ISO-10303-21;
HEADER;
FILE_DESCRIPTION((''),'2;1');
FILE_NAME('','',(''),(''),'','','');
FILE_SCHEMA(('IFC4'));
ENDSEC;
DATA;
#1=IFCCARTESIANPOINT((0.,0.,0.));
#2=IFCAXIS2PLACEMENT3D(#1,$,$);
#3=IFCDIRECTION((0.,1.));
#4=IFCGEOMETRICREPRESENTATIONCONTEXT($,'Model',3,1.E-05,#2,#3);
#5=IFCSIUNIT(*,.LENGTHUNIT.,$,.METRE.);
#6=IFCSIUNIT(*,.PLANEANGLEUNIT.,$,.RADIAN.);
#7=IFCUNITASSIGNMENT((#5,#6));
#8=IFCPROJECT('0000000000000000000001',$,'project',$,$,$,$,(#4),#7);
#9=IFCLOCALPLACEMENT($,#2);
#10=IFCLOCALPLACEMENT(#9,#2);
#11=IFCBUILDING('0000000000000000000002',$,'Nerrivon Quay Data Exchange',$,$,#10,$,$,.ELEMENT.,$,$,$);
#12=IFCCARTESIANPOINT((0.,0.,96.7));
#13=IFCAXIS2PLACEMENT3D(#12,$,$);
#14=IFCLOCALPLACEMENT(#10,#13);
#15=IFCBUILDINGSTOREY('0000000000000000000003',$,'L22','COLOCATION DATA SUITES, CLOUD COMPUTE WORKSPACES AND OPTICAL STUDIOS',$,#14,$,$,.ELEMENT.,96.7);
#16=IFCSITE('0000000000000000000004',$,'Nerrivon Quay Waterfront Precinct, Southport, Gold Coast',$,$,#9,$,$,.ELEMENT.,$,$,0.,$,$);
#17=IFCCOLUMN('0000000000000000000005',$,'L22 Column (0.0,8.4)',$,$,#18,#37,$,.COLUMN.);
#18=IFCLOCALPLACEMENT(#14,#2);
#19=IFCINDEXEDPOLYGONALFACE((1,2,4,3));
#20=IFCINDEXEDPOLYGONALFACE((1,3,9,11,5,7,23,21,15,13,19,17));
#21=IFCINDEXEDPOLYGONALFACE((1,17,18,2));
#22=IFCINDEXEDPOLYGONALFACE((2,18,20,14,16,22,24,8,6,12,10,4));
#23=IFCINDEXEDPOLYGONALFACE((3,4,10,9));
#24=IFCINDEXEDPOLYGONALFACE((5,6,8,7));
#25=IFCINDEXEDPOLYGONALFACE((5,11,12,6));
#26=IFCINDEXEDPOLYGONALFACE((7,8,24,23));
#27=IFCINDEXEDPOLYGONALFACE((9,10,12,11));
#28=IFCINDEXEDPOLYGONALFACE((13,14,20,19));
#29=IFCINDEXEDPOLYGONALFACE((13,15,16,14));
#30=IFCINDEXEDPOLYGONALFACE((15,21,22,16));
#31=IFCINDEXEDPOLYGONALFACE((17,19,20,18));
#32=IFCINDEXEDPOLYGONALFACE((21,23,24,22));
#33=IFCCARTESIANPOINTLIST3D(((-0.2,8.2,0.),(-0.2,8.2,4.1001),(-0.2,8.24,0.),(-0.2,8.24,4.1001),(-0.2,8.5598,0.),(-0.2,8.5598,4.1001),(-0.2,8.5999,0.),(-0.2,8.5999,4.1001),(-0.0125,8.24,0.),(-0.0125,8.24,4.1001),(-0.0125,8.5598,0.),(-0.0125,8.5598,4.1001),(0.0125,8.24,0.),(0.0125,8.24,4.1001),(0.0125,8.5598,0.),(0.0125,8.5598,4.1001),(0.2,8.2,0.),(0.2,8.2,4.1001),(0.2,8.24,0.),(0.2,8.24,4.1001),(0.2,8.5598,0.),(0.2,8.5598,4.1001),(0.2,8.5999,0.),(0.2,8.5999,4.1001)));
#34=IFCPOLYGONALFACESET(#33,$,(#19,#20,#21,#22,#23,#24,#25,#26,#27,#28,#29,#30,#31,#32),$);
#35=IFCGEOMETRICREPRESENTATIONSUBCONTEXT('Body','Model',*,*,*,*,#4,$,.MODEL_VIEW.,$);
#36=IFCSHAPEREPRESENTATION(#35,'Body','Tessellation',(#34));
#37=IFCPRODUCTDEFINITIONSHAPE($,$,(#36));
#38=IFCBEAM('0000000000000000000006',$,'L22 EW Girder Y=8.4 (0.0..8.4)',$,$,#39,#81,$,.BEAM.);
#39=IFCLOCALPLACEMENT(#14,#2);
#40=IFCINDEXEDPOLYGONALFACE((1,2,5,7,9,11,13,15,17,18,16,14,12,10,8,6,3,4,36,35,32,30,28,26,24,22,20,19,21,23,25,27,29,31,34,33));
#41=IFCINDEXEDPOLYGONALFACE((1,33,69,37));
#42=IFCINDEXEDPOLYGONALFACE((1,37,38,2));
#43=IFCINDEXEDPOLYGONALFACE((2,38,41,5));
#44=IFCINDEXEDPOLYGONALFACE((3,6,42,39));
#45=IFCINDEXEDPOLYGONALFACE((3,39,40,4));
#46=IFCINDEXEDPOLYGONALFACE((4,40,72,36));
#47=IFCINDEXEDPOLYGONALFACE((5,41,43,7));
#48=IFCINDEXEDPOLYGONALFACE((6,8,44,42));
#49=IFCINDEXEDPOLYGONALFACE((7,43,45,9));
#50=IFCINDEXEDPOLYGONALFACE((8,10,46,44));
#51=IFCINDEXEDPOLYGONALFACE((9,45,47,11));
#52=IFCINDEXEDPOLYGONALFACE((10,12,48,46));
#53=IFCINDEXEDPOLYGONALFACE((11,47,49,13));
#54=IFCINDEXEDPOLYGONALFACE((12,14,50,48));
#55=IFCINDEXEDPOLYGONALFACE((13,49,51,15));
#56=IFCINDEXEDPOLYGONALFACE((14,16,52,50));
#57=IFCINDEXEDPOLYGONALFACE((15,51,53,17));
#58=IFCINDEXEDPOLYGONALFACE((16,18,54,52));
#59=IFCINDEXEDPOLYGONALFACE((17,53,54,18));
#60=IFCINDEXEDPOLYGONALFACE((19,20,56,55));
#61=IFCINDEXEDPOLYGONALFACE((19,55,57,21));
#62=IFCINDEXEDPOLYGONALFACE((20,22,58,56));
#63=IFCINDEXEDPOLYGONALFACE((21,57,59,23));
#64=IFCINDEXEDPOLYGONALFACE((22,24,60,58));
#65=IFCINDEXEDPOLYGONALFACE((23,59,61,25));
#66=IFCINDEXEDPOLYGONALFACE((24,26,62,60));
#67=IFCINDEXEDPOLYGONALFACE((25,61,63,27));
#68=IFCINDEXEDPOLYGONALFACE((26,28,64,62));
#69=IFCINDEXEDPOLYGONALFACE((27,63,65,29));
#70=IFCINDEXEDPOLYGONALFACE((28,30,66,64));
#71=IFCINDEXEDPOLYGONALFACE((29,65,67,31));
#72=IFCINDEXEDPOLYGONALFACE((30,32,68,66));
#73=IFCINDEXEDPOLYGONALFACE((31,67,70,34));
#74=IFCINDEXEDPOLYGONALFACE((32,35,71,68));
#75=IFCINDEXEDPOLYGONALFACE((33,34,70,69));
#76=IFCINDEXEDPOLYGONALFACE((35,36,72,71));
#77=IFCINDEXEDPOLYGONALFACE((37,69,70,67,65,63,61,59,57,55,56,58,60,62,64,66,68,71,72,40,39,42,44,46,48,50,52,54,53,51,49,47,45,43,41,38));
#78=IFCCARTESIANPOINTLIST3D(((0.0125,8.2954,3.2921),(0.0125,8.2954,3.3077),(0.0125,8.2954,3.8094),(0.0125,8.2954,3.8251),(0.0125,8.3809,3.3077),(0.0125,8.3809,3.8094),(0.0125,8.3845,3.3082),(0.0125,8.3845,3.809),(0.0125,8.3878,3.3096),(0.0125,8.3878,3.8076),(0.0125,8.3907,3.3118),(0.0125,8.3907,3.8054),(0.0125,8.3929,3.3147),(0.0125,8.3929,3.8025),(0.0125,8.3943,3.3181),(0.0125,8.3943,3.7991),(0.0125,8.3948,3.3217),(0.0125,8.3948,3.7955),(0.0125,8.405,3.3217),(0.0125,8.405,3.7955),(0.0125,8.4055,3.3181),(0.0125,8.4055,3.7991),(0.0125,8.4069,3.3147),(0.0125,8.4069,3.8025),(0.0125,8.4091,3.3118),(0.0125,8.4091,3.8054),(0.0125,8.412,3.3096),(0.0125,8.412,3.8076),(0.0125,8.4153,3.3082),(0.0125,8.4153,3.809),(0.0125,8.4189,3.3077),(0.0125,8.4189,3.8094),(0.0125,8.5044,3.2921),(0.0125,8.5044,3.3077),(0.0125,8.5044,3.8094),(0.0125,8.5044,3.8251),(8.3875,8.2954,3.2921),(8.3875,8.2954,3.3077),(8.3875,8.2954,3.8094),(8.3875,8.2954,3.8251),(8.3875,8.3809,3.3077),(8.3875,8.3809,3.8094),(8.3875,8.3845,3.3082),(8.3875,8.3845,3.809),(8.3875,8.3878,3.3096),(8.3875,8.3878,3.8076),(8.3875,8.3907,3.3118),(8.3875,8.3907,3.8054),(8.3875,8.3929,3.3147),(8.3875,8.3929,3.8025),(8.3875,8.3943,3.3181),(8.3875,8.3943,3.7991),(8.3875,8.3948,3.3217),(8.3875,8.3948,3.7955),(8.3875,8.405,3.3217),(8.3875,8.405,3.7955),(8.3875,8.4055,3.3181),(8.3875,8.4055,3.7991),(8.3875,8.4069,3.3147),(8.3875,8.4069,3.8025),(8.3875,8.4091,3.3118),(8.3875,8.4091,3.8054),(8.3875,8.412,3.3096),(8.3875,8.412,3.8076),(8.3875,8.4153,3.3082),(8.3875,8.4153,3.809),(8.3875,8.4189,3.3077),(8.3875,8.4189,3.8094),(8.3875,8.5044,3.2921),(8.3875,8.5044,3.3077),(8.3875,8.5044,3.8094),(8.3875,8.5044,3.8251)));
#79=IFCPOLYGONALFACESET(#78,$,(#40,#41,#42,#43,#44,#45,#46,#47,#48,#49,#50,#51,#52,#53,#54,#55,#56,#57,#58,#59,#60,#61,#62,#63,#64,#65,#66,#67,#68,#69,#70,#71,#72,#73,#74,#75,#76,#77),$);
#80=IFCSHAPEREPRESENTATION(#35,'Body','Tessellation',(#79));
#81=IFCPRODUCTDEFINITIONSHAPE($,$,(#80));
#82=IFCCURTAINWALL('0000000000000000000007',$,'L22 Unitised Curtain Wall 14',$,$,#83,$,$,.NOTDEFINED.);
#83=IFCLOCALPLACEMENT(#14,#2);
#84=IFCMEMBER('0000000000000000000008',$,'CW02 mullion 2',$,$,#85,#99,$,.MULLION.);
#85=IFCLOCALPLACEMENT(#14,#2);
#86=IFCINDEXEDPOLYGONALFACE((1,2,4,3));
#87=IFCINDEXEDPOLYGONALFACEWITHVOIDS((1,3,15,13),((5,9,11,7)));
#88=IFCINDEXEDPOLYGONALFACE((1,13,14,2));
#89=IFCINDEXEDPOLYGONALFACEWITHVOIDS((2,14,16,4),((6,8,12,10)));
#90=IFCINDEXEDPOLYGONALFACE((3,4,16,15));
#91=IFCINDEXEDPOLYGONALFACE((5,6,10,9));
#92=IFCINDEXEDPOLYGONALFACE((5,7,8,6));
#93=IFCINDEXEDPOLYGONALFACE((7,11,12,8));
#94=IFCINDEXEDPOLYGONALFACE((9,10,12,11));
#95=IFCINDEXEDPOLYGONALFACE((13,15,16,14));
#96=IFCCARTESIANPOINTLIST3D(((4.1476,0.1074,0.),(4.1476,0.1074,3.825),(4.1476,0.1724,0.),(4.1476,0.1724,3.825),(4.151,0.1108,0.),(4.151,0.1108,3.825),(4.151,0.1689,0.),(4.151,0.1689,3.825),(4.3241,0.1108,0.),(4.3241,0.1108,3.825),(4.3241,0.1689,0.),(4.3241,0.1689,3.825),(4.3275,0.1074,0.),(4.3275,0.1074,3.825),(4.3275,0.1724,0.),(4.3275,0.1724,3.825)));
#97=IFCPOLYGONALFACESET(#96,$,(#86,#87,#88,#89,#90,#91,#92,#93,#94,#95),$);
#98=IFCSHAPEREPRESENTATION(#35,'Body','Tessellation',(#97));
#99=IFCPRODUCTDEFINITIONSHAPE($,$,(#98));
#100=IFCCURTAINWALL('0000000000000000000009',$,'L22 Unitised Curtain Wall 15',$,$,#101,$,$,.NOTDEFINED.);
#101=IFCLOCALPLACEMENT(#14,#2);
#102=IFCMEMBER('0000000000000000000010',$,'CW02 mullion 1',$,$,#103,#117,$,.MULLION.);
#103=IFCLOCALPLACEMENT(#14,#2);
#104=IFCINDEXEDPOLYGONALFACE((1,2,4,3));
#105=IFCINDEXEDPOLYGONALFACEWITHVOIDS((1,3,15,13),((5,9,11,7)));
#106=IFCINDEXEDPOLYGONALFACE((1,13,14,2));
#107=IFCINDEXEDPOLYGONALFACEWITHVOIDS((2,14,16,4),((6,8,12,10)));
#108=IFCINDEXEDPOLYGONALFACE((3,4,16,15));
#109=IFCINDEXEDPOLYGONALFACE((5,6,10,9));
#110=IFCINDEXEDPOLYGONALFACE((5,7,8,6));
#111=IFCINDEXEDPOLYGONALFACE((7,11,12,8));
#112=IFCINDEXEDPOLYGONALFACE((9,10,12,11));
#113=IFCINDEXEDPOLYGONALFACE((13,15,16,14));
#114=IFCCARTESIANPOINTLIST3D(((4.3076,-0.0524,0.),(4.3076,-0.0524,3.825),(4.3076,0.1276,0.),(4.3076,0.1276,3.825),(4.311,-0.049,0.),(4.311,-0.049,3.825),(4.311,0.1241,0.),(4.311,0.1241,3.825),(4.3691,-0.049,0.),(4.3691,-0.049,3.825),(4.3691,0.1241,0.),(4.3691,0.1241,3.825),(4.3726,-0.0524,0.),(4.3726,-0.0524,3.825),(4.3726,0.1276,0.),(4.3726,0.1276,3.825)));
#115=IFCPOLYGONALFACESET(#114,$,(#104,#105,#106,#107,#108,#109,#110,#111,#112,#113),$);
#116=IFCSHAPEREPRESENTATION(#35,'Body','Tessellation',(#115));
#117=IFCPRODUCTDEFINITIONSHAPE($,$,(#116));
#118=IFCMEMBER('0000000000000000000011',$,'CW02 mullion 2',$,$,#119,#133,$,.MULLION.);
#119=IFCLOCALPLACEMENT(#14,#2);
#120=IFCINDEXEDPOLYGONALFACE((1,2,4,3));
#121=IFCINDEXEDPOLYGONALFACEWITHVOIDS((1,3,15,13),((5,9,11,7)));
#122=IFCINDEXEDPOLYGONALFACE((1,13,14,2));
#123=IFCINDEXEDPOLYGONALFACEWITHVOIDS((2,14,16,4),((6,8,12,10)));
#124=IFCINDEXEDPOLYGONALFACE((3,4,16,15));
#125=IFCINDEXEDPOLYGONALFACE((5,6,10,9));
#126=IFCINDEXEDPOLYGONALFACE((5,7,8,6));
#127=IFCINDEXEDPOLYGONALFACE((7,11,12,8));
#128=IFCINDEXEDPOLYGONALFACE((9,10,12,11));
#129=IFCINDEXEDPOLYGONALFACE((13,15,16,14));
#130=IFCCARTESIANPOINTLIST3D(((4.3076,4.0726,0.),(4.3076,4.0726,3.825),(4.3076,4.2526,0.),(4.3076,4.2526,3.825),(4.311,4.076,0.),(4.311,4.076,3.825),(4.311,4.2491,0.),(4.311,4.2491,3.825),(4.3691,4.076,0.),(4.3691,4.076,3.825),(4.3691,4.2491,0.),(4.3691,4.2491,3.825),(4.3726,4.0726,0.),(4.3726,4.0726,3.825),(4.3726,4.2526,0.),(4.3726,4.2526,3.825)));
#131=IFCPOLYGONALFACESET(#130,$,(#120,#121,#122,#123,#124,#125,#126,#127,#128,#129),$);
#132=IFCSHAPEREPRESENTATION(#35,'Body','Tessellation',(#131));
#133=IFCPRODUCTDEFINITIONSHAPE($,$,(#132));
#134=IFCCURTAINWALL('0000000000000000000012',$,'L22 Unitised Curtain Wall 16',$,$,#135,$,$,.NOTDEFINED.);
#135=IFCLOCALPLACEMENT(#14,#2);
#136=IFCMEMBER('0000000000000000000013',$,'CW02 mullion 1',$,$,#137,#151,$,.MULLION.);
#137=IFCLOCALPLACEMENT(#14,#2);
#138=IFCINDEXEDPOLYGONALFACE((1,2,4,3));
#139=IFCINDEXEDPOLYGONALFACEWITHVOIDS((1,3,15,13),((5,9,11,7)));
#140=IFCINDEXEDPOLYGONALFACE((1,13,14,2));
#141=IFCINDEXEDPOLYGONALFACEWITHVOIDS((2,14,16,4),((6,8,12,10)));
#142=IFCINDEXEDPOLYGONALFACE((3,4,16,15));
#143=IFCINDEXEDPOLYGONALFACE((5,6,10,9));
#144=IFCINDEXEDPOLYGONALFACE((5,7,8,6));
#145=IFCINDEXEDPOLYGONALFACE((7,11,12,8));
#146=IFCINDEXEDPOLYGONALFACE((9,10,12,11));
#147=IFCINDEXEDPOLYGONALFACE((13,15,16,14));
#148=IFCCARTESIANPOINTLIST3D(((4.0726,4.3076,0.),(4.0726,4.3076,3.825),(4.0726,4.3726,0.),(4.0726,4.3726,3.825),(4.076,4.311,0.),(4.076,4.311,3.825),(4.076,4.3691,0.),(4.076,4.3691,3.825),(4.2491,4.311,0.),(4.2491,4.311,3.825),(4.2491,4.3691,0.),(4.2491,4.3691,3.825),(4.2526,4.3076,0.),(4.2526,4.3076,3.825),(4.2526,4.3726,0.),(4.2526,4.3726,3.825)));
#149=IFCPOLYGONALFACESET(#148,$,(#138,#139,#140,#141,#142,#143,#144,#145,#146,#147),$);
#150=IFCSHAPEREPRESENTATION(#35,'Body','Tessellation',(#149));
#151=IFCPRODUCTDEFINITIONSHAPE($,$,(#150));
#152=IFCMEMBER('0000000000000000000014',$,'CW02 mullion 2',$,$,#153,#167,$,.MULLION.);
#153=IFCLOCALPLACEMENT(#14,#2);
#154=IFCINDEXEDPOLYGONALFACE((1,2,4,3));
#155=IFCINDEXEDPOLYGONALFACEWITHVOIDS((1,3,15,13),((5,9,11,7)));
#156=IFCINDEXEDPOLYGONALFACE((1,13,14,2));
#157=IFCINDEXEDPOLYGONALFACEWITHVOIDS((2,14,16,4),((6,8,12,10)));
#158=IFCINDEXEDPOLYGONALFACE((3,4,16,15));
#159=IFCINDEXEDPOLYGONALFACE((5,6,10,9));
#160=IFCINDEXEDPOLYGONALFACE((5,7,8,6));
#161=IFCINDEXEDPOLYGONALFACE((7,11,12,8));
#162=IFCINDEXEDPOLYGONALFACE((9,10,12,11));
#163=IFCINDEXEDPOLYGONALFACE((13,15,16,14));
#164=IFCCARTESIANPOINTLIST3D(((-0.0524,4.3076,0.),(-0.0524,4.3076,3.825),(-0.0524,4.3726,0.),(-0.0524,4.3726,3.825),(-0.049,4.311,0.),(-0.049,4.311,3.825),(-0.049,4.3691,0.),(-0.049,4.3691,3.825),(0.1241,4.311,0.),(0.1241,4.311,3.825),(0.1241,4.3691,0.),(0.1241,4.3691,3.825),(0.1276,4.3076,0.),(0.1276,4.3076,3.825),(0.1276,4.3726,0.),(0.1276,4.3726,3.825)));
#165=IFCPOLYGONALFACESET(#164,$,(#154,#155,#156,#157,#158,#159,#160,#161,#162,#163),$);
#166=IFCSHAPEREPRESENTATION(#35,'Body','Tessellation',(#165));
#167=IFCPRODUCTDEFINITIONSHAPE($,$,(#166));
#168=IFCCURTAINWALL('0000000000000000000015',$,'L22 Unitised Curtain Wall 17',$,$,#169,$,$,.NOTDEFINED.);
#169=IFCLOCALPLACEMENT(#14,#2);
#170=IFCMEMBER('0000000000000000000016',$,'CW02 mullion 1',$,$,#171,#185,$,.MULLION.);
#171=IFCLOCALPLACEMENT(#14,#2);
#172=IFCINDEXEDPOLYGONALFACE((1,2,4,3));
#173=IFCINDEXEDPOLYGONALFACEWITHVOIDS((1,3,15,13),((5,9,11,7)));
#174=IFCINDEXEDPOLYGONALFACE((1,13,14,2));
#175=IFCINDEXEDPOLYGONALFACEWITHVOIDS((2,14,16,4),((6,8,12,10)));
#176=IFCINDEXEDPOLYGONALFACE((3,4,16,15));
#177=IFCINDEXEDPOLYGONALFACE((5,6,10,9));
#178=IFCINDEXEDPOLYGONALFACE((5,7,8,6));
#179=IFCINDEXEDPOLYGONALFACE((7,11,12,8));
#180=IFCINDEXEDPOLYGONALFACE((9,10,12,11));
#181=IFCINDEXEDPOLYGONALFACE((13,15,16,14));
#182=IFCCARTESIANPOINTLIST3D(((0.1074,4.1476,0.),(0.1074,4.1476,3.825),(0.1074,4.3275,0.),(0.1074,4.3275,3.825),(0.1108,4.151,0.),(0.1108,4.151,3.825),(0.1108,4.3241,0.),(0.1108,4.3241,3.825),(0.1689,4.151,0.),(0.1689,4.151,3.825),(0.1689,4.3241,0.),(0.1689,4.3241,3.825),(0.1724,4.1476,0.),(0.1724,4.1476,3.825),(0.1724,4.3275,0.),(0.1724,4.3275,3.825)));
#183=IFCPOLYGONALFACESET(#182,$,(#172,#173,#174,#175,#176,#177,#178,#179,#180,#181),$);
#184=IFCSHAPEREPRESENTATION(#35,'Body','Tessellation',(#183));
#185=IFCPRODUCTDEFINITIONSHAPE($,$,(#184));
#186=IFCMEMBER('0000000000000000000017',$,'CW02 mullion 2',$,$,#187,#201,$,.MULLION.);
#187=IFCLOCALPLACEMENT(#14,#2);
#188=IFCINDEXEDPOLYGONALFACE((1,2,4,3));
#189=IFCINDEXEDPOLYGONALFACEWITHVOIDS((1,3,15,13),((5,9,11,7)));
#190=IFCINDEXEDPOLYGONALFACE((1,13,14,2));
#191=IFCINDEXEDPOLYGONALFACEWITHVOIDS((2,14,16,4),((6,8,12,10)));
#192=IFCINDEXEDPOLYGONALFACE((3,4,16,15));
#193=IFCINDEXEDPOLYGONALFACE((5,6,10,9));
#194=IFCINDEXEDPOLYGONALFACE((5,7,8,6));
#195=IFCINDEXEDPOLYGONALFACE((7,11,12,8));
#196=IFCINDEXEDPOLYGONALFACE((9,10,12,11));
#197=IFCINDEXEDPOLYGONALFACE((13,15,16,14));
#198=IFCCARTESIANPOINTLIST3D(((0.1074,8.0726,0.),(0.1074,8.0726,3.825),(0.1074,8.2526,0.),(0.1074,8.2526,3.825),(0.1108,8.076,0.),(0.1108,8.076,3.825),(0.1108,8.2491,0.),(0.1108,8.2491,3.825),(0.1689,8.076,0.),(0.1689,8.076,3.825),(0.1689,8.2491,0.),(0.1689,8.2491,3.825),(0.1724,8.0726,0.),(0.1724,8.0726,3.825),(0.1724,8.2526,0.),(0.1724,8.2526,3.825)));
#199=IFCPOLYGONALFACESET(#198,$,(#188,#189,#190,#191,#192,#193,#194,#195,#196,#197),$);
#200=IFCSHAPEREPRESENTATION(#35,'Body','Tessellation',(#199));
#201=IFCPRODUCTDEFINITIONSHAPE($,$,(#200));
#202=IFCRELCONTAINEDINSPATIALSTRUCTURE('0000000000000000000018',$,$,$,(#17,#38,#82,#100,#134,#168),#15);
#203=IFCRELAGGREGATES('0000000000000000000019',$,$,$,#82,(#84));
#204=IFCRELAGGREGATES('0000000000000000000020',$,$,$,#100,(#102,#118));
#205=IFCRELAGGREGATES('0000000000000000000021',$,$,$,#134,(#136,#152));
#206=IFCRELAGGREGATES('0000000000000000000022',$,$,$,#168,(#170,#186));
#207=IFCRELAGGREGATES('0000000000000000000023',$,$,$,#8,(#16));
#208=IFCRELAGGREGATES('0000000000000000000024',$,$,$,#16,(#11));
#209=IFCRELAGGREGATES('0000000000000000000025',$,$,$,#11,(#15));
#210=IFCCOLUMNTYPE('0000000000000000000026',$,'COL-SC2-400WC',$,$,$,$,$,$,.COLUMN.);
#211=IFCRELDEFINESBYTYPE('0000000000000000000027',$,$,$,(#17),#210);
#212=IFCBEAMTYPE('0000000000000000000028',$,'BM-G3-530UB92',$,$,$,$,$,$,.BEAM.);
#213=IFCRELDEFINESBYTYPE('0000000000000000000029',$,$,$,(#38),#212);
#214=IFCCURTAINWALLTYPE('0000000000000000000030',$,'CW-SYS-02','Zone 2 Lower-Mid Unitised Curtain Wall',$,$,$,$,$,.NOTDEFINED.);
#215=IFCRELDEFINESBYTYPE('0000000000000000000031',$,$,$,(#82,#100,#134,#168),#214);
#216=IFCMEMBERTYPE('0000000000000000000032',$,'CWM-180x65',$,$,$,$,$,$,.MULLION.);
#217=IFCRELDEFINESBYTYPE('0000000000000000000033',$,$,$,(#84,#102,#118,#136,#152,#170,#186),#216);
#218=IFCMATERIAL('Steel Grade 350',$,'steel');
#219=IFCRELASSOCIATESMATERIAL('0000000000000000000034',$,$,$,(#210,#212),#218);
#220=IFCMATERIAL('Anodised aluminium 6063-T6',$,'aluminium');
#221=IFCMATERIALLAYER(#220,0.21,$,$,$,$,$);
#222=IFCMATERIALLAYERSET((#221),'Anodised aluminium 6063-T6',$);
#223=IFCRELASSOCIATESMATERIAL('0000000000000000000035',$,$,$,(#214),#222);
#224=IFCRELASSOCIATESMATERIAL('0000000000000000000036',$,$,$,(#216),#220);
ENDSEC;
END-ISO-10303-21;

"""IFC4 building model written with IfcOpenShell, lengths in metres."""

from ifc_helpers import new_model, si_unit, direction, frame, origin, origin_2d, place, context, subcontext, project, spatial, hollow_rectangle, i_section, extrude, material, layer, layer_set, material_profile, profile_set, type_object, element, aggregate, save


model = new_model("IFC4")

# Units and contexts
model_context = context("Model", 3, precision=1e-05, world=origin(), true_north=direction((0.0, 1.0)))
body_context = subcontext(model_context, "Body", "Model", "MODEL_VIEW")
ifc_project = project(units=[si_unit("LENGTHUNIT", "METRE"), si_unit("PLANEANGLEUNIT", "RADIAN")], contexts=[model_context])

# Site, building, storey
site_placement = place(None, origin())
site = spatial("IfcSite", under=ifc_project, at=site_placement, Name="Nerrivon Quay Waterfront Precinct, Southport, Gold Coast", CompositionType="ELEMENT", RefElevation=0.0)
building_placement = place(site_placement, origin())
building = spatial("IfcBuilding", under=site, at=building_placement, Name="Nerrivon Quay Data Exchange", CompositionType="ELEMENT")
storey_placement = place(building_placement, frame((0.0, 0.0, 96.7)))
storey = spatial("IfcBuildingStorey", under=building, at=storey_placement, Name="L22", Description="COLOCATION DATA SUITES, CLOUD COMPUTE WORKSPACES AND OPTICAL STUDIOS", CompositionType="ELEMENT", Elevation=96.7)

# Column
ifc_material_1 = material(Name="Steel Grade 350", Category="steel")
ifc_material_profile_1 = material_profile(ifc_material_1, i_section(OverallWidth=0.3999, OverallDepth=0.3999, WebThickness=0.0249, FlangeThickness=0.04, at=origin_2d()), Name="400WC328")
ifc_profile_set_1 = profile_set([ifc_material_profile_1], Name="Steel Grade 350")
column_type = type_object("IfcColumnType", Name="COL-SC2-400WC", PredefinedType="COLUMN", material=ifc_profile_set_1)
column_placement = place(storey_placement, frame((0.0, 8.3999, 0.0), z_axis=(0.0, 0.0, 1.0), x_axis=(1.0, 0.0, 0.0)))
element("IfcColumn", 1, at=column_placement, inside=storey, type_object=column_type, Name="L22 Column (0.0,8.4)", PredefinedType="COLUMN", context=body_context, shape_type="SweptSolid", body=[
    extrude(i_section(OverallWidth=0.3999, OverallDepth=0.3999, WebThickness=0.0249, FlangeThickness=0.04, at=origin_2d()), origin(), (0.0, 0.0, 1.0), 4.1001),
])

# Beam
ifc_material_profile_2 = material_profile(ifc_material_1, i_section(OverallWidth=0.209, OverallDepth=0.533, WebThickness=0.0103, FlangeThickness=0.0156, FilletRadius=0.0139, at=origin_2d()), Name="530UB92.4")
ifc_profile_set_2 = profile_set([ifc_material_profile_2], Name="Steel Grade 350")
beam_type = type_object("IfcBeamType", Name="BM-G3-530UB92", PredefinedType="BEAM", material=ifc_profile_set_2)
beam_placement = place(storey_placement, frame((0.0125, 8.3999, 3.5586), z_axis=(1.0, 0.0, 0.0), x_axis=(0.0, 1.0, 0.0)))
element("IfcBeam", 2, at=beam_placement, inside=storey, type_object=beam_type, Name="L22 EW Girder Y=8.4 (0.0..8.4)", PredefinedType="BEAM", context=body_context, shape_type="SweptSolid", body=[
    extrude(i_section(OverallWidth=0.209, OverallDepth=0.533, WebThickness=0.0103, FlangeThickness=0.0156, FilletRadius=0.0139, at=origin_2d()), origin(), (0.0, 0.0, 1.0), 8.375),
])

# Curtain wall, member
ifc_material_2 = material(Name="Anodised aluminium 6063-T6", Category="aluminium")
ifc_layer_1 = layer(ifc_material_2, 0.21)
ifc_layer_set_1 = layer_set([ifc_layer_1], Name="Anodised aluminium 6063-T6")
curtain_wall_type = type_object("IfcCurtainWallType", Name="CW-SYS-02", Description="Zone 2 Lower-Mid Unitised Curtain Wall", PredefinedType="NOTDEFINED", material=ifc_layer_set_1)
curtain_wall_1_placement = place(storey_placement, origin())
curtain_wall_1 = element("IfcCurtainWall", 3, at=curtain_wall_1_placement, inside=storey, type_object=curtain_wall_type, Name="L22 Unitised Curtain Wall 14", PredefinedType="NOTDEFINED")
ifc_material_profile_3 = material_profile(ifc_material_2, hollow_rectangle(XDim=0.0649, YDim=0.1799, WallThickness=0.0034, at=origin_2d()), Name="ALU-MULL-180x65")
ifc_profile_set_3 = profile_set([ifc_material_profile_3], Name="Anodised aluminium 6063-T6")
member_type_1 = type_object("IfcMemberType", Name="CWM-180x65", PredefinedType="MULLION", material=ifc_profile_set_3)
member_1_placement = place(storey_placement, frame((4.2375, 0.1399, 0.0), z_axis=(0.0, 0.0, 1.0), x_axis=(0.0, -1.0, 0.0)))
member_1 = element("IfcMember", 4, at=member_1_placement, type_object=member_type_1, Name="CW02 mullion 2", PredefinedType="MULLION", context=body_context, shape_type="SweptSolid", body=[
    extrude(hollow_rectangle(XDim=0.0649, YDim=0.1799, WallThickness=0.0034, at=origin_2d()), origin(), (0.0, 0.0, 1.0), 3.825),
])
aggregate(curtain_wall_1, [member_1])

# Curtain walls, members
curtain_wall_2_placement = place(storey_placement, origin())
curtain_wall_2 = element("IfcCurtainWall", 5, at=curtain_wall_2_placement, inside=storey, type_object=curtain_wall_type, Name="L22 Unitised Curtain Wall 15", PredefinedType="NOTDEFINED")
member_2_placement = place(storey_placement, frame((4.3401, 0.0376, 0.0), z_axis=(0.0, 0.0, 1.0), x_axis=(-1.0, 0.0, 0.0)))
member_2 = element("IfcMember", 6, at=member_2_placement, type_object=member_type_1, Name="CW02 mullion 1", PredefinedType="MULLION", context=body_context, shape_type="SweptSolid", body=[
    extrude(hollow_rectangle(XDim=0.0649, YDim=0.1799, WallThickness=0.0034, at=origin_2d()), origin(), (0.0, 0.0, 1.0), 3.825),
])
member_3_placement = place(storey_placement, frame((4.3401, 4.1626, 0.0), z_axis=(0.0, 0.0, 1.0), x_axis=(-1.0, 0.0, 0.0)))
member_3 = element("IfcMember", 7, at=member_3_placement, type_object=member_type_1, Name="CW02 mullion 2", PredefinedType="MULLION", context=body_context, shape_type="SweptSolid", body=[
    extrude(hollow_rectangle(XDim=0.0649, YDim=0.1799, WallThickness=0.0034, at=origin_2d()), origin(), (0.0, 0.0, 1.0), 3.825),
])
curtain_wall_3_placement = place(storey_placement, origin())
curtain_wall_3 = element("IfcCurtainWall", 8, at=curtain_wall_3_placement, inside=storey, type_object=curtain_wall_type, Name="L22 Unitised Curtain Wall 16", PredefinedType="NOTDEFINED")
member_4_placement = place(storey_placement, frame((4.1626, 4.3401, 0.0), z_axis=(0.0, 0.0, 1.0), x_axis=(0.0, -1.0, 0.0)))
member_4 = element("IfcMember", 9, at=member_4_placement, type_object=member_type_1, Name="CW02 mullion 1", PredefinedType="MULLION", context=body_context, shape_type="SweptSolid", body=[
    extrude(hollow_rectangle(XDim=0.0649, YDim=0.1799, WallThickness=0.0034, at=origin_2d()), origin(), (0.0, 0.0, 1.0), 3.825),
])
member_5_placement = place(storey_placement, frame((0.0376, 4.3401, 0.0), z_axis=(0.0, 0.0, 1.0), x_axis=(0.0, -1.0, 0.0)))
member_5 = element("IfcMember", 10, at=member_5_placement, type_object=member_type_1, Name="CW02 mullion 2", PredefinedType="MULLION", context=body_context, shape_type="SweptSolid", body=[
    extrude(hollow_rectangle(XDim=0.0649, YDim=0.1799, WallThickness=0.0034, at=origin_2d()), origin(), (0.0, 0.0, 1.0), 3.825),
])
curtain_wall_4_placement = place(storey_placement, origin())
curtain_wall_4 = element("IfcCurtainWall", 11, at=curtain_wall_4_placement, inside=storey, type_object=curtain_wall_type, Name="L22 Unitised Curtain Wall 17", PredefinedType="NOTDEFINED")
member_6_placement = place(storey_placement, frame((0.1399, 4.2375, 0.0), z_axis=(0.0, 0.0, 1.0), x_axis=(-1.0, 0.0, 0.0)))
member_6 = element("IfcMember", 12, at=member_6_placement, type_object=member_type_1, Name="CW02 mullion 1", PredefinedType="MULLION", context=body_context, shape_type="SweptSolid", body=[
    extrude(hollow_rectangle(XDim=0.0649, YDim=0.1799, WallThickness=0.0034, at=origin_2d()), origin(), (0.0, 0.0, 1.0), 3.825),
])
member_7_placement = place(storey_placement, frame((0.1399, 8.1626, 0.0), z_axis=(0.0, 0.0, 1.0), x_axis=(-1.0, 0.0, 0.0)))
member_7 = element("IfcMember", 13, at=member_7_placement, type_object=member_type_1, Name="CW02 mullion 2", PredefinedType="MULLION", context=body_context, shape_type="SweptSolid", body=[
    extrude(hollow_rectangle(XDim=0.0649, YDim=0.1799, WallThickness=0.0034, at=origin_2d()), origin(), (0.0, 0.0, 1.0), 3.825),
])

aggregate(curtain_wall_2, [member_2, member_3])
aggregate(curtain_wall_3, [member_4, member_5])
aggregate(curtain_wall_4, [member_6, member_7])

save(model, "model.ifc")
